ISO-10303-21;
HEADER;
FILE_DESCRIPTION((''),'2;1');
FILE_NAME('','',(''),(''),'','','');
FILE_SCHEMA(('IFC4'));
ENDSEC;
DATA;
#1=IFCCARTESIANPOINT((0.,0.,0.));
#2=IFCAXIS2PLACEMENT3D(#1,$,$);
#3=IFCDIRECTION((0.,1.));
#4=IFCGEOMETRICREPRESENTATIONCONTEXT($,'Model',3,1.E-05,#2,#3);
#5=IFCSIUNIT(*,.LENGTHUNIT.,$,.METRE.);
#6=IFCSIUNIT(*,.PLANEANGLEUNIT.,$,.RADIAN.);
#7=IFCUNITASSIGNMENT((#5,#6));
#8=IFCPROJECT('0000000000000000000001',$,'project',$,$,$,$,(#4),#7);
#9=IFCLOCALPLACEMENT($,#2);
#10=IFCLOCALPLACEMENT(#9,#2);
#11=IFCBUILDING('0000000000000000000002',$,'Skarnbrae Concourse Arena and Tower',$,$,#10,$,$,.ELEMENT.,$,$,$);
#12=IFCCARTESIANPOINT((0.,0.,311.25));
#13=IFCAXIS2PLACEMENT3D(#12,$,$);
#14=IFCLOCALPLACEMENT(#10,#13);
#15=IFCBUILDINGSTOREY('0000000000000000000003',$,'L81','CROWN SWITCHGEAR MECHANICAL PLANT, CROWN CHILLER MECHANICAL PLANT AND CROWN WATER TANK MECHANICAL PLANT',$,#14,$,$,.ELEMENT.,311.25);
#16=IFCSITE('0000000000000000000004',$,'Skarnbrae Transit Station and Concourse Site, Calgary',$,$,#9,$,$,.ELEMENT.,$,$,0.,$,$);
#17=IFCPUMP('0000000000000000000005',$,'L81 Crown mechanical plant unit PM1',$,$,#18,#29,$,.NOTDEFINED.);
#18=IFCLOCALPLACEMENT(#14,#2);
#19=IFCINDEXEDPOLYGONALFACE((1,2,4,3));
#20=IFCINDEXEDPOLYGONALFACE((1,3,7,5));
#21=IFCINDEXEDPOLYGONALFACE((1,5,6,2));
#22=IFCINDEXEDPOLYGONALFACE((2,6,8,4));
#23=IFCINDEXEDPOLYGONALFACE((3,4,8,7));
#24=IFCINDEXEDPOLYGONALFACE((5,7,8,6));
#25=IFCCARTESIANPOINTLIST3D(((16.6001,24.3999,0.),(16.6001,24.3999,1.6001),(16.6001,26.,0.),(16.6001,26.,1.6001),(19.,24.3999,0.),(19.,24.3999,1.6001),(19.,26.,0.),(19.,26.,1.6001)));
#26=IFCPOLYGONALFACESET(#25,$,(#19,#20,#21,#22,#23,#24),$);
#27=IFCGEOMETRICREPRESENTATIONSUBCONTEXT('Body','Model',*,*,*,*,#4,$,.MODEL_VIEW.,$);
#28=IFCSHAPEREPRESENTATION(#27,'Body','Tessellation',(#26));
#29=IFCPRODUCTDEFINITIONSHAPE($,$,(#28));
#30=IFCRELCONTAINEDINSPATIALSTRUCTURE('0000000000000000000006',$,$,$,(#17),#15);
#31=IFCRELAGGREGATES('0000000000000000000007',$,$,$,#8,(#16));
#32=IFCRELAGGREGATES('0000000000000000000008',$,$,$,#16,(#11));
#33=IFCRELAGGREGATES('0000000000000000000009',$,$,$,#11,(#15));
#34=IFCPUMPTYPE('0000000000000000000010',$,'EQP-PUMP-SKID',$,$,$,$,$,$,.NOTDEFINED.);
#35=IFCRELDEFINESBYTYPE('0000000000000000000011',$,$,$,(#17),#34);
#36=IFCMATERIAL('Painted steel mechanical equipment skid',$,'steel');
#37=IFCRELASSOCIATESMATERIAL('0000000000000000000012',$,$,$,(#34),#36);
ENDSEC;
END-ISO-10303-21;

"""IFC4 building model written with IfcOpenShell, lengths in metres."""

from ifc_helpers import new_model, si_unit, direction, frame, origin, origin_2d, place, context, subcontext, project, spatial, rectangle, extrude, source, transform, mapped, material, type_object, element, save


model = new_model("IFC4")

# Units and contexts
model_context = context("Model", 3, precision=1e-05, world=origin(), true_north=direction((0.0, 1.0)))
body_context = subcontext(model_context, "Body", "Model", "MODEL_VIEW")
ifc_project = project(units=[si_unit("LENGTHUNIT", "METRE"), si_unit("PLANEANGLEUNIT", "RADIAN")], contexts=[model_context])

# Site, building, storey
site_placement = place(None, origin())
site = spatial("IfcSite", under=ifc_project, at=site_placement, Name="Skarnbrae Transit Station and Concourse Site, Calgary", CompositionType="ELEMENT", RefElevation=0.0)
building_placement = place(site_placement, origin())
building = spatial("IfcBuilding", under=site, at=building_placement, Name="Skarnbrae Concourse Arena and Tower", CompositionType="ELEMENT")
storey_placement = place(building_placement, frame((0.0, 0.0, 311.25)))
storey = spatial("IfcBuildingStorey", under=building, at=storey_placement, Name="L81", Description="CROWN SWITCHGEAR MECHANICAL PLANT, CROWN CHILLER MECHANICAL PLANT AND CROWN WATER TANK MECHANICAL PLANT", CompositionType="ELEMENT", Elevation=311.25)

# Shared definitions
ifc_material_1 = material(Name="Painted steel mechanical equipment skid", Category="steel")

# Pump
pump_type = type_object("IfcPumpType", Name="EQP-PUMP-SKID", PredefinedType="NOTDEFINED", material=ifc_material_1)
shared_shape_1 = source(origin(), body_context, "Body", "SweptSolid", [
    extrude(rectangle(XDim=2.3999, YDim=1.6001, at=origin_2d()), origin(), (0.0, 0.0, 1.0), 1.6001),
])
pump_placement = place(storey_placement, frame((17.8, 25.2, 0.0), z_axis=(0.0, 0.0, 1.0), x_axis=(1.0, 0.0, 0.0)))
element("IfcPump", 1, at=pump_placement, inside=storey, type_object=pump_type, Name="L81 Crown mechanical plant unit PM1", PredefinedType="NOTDEFINED", context=body_context, shape_type="MappedRepresentation", body=[
    mapped(shared_shape_1, transform((0.0, 0.0, 0.0))),
])

save(model, "model.ifc")
